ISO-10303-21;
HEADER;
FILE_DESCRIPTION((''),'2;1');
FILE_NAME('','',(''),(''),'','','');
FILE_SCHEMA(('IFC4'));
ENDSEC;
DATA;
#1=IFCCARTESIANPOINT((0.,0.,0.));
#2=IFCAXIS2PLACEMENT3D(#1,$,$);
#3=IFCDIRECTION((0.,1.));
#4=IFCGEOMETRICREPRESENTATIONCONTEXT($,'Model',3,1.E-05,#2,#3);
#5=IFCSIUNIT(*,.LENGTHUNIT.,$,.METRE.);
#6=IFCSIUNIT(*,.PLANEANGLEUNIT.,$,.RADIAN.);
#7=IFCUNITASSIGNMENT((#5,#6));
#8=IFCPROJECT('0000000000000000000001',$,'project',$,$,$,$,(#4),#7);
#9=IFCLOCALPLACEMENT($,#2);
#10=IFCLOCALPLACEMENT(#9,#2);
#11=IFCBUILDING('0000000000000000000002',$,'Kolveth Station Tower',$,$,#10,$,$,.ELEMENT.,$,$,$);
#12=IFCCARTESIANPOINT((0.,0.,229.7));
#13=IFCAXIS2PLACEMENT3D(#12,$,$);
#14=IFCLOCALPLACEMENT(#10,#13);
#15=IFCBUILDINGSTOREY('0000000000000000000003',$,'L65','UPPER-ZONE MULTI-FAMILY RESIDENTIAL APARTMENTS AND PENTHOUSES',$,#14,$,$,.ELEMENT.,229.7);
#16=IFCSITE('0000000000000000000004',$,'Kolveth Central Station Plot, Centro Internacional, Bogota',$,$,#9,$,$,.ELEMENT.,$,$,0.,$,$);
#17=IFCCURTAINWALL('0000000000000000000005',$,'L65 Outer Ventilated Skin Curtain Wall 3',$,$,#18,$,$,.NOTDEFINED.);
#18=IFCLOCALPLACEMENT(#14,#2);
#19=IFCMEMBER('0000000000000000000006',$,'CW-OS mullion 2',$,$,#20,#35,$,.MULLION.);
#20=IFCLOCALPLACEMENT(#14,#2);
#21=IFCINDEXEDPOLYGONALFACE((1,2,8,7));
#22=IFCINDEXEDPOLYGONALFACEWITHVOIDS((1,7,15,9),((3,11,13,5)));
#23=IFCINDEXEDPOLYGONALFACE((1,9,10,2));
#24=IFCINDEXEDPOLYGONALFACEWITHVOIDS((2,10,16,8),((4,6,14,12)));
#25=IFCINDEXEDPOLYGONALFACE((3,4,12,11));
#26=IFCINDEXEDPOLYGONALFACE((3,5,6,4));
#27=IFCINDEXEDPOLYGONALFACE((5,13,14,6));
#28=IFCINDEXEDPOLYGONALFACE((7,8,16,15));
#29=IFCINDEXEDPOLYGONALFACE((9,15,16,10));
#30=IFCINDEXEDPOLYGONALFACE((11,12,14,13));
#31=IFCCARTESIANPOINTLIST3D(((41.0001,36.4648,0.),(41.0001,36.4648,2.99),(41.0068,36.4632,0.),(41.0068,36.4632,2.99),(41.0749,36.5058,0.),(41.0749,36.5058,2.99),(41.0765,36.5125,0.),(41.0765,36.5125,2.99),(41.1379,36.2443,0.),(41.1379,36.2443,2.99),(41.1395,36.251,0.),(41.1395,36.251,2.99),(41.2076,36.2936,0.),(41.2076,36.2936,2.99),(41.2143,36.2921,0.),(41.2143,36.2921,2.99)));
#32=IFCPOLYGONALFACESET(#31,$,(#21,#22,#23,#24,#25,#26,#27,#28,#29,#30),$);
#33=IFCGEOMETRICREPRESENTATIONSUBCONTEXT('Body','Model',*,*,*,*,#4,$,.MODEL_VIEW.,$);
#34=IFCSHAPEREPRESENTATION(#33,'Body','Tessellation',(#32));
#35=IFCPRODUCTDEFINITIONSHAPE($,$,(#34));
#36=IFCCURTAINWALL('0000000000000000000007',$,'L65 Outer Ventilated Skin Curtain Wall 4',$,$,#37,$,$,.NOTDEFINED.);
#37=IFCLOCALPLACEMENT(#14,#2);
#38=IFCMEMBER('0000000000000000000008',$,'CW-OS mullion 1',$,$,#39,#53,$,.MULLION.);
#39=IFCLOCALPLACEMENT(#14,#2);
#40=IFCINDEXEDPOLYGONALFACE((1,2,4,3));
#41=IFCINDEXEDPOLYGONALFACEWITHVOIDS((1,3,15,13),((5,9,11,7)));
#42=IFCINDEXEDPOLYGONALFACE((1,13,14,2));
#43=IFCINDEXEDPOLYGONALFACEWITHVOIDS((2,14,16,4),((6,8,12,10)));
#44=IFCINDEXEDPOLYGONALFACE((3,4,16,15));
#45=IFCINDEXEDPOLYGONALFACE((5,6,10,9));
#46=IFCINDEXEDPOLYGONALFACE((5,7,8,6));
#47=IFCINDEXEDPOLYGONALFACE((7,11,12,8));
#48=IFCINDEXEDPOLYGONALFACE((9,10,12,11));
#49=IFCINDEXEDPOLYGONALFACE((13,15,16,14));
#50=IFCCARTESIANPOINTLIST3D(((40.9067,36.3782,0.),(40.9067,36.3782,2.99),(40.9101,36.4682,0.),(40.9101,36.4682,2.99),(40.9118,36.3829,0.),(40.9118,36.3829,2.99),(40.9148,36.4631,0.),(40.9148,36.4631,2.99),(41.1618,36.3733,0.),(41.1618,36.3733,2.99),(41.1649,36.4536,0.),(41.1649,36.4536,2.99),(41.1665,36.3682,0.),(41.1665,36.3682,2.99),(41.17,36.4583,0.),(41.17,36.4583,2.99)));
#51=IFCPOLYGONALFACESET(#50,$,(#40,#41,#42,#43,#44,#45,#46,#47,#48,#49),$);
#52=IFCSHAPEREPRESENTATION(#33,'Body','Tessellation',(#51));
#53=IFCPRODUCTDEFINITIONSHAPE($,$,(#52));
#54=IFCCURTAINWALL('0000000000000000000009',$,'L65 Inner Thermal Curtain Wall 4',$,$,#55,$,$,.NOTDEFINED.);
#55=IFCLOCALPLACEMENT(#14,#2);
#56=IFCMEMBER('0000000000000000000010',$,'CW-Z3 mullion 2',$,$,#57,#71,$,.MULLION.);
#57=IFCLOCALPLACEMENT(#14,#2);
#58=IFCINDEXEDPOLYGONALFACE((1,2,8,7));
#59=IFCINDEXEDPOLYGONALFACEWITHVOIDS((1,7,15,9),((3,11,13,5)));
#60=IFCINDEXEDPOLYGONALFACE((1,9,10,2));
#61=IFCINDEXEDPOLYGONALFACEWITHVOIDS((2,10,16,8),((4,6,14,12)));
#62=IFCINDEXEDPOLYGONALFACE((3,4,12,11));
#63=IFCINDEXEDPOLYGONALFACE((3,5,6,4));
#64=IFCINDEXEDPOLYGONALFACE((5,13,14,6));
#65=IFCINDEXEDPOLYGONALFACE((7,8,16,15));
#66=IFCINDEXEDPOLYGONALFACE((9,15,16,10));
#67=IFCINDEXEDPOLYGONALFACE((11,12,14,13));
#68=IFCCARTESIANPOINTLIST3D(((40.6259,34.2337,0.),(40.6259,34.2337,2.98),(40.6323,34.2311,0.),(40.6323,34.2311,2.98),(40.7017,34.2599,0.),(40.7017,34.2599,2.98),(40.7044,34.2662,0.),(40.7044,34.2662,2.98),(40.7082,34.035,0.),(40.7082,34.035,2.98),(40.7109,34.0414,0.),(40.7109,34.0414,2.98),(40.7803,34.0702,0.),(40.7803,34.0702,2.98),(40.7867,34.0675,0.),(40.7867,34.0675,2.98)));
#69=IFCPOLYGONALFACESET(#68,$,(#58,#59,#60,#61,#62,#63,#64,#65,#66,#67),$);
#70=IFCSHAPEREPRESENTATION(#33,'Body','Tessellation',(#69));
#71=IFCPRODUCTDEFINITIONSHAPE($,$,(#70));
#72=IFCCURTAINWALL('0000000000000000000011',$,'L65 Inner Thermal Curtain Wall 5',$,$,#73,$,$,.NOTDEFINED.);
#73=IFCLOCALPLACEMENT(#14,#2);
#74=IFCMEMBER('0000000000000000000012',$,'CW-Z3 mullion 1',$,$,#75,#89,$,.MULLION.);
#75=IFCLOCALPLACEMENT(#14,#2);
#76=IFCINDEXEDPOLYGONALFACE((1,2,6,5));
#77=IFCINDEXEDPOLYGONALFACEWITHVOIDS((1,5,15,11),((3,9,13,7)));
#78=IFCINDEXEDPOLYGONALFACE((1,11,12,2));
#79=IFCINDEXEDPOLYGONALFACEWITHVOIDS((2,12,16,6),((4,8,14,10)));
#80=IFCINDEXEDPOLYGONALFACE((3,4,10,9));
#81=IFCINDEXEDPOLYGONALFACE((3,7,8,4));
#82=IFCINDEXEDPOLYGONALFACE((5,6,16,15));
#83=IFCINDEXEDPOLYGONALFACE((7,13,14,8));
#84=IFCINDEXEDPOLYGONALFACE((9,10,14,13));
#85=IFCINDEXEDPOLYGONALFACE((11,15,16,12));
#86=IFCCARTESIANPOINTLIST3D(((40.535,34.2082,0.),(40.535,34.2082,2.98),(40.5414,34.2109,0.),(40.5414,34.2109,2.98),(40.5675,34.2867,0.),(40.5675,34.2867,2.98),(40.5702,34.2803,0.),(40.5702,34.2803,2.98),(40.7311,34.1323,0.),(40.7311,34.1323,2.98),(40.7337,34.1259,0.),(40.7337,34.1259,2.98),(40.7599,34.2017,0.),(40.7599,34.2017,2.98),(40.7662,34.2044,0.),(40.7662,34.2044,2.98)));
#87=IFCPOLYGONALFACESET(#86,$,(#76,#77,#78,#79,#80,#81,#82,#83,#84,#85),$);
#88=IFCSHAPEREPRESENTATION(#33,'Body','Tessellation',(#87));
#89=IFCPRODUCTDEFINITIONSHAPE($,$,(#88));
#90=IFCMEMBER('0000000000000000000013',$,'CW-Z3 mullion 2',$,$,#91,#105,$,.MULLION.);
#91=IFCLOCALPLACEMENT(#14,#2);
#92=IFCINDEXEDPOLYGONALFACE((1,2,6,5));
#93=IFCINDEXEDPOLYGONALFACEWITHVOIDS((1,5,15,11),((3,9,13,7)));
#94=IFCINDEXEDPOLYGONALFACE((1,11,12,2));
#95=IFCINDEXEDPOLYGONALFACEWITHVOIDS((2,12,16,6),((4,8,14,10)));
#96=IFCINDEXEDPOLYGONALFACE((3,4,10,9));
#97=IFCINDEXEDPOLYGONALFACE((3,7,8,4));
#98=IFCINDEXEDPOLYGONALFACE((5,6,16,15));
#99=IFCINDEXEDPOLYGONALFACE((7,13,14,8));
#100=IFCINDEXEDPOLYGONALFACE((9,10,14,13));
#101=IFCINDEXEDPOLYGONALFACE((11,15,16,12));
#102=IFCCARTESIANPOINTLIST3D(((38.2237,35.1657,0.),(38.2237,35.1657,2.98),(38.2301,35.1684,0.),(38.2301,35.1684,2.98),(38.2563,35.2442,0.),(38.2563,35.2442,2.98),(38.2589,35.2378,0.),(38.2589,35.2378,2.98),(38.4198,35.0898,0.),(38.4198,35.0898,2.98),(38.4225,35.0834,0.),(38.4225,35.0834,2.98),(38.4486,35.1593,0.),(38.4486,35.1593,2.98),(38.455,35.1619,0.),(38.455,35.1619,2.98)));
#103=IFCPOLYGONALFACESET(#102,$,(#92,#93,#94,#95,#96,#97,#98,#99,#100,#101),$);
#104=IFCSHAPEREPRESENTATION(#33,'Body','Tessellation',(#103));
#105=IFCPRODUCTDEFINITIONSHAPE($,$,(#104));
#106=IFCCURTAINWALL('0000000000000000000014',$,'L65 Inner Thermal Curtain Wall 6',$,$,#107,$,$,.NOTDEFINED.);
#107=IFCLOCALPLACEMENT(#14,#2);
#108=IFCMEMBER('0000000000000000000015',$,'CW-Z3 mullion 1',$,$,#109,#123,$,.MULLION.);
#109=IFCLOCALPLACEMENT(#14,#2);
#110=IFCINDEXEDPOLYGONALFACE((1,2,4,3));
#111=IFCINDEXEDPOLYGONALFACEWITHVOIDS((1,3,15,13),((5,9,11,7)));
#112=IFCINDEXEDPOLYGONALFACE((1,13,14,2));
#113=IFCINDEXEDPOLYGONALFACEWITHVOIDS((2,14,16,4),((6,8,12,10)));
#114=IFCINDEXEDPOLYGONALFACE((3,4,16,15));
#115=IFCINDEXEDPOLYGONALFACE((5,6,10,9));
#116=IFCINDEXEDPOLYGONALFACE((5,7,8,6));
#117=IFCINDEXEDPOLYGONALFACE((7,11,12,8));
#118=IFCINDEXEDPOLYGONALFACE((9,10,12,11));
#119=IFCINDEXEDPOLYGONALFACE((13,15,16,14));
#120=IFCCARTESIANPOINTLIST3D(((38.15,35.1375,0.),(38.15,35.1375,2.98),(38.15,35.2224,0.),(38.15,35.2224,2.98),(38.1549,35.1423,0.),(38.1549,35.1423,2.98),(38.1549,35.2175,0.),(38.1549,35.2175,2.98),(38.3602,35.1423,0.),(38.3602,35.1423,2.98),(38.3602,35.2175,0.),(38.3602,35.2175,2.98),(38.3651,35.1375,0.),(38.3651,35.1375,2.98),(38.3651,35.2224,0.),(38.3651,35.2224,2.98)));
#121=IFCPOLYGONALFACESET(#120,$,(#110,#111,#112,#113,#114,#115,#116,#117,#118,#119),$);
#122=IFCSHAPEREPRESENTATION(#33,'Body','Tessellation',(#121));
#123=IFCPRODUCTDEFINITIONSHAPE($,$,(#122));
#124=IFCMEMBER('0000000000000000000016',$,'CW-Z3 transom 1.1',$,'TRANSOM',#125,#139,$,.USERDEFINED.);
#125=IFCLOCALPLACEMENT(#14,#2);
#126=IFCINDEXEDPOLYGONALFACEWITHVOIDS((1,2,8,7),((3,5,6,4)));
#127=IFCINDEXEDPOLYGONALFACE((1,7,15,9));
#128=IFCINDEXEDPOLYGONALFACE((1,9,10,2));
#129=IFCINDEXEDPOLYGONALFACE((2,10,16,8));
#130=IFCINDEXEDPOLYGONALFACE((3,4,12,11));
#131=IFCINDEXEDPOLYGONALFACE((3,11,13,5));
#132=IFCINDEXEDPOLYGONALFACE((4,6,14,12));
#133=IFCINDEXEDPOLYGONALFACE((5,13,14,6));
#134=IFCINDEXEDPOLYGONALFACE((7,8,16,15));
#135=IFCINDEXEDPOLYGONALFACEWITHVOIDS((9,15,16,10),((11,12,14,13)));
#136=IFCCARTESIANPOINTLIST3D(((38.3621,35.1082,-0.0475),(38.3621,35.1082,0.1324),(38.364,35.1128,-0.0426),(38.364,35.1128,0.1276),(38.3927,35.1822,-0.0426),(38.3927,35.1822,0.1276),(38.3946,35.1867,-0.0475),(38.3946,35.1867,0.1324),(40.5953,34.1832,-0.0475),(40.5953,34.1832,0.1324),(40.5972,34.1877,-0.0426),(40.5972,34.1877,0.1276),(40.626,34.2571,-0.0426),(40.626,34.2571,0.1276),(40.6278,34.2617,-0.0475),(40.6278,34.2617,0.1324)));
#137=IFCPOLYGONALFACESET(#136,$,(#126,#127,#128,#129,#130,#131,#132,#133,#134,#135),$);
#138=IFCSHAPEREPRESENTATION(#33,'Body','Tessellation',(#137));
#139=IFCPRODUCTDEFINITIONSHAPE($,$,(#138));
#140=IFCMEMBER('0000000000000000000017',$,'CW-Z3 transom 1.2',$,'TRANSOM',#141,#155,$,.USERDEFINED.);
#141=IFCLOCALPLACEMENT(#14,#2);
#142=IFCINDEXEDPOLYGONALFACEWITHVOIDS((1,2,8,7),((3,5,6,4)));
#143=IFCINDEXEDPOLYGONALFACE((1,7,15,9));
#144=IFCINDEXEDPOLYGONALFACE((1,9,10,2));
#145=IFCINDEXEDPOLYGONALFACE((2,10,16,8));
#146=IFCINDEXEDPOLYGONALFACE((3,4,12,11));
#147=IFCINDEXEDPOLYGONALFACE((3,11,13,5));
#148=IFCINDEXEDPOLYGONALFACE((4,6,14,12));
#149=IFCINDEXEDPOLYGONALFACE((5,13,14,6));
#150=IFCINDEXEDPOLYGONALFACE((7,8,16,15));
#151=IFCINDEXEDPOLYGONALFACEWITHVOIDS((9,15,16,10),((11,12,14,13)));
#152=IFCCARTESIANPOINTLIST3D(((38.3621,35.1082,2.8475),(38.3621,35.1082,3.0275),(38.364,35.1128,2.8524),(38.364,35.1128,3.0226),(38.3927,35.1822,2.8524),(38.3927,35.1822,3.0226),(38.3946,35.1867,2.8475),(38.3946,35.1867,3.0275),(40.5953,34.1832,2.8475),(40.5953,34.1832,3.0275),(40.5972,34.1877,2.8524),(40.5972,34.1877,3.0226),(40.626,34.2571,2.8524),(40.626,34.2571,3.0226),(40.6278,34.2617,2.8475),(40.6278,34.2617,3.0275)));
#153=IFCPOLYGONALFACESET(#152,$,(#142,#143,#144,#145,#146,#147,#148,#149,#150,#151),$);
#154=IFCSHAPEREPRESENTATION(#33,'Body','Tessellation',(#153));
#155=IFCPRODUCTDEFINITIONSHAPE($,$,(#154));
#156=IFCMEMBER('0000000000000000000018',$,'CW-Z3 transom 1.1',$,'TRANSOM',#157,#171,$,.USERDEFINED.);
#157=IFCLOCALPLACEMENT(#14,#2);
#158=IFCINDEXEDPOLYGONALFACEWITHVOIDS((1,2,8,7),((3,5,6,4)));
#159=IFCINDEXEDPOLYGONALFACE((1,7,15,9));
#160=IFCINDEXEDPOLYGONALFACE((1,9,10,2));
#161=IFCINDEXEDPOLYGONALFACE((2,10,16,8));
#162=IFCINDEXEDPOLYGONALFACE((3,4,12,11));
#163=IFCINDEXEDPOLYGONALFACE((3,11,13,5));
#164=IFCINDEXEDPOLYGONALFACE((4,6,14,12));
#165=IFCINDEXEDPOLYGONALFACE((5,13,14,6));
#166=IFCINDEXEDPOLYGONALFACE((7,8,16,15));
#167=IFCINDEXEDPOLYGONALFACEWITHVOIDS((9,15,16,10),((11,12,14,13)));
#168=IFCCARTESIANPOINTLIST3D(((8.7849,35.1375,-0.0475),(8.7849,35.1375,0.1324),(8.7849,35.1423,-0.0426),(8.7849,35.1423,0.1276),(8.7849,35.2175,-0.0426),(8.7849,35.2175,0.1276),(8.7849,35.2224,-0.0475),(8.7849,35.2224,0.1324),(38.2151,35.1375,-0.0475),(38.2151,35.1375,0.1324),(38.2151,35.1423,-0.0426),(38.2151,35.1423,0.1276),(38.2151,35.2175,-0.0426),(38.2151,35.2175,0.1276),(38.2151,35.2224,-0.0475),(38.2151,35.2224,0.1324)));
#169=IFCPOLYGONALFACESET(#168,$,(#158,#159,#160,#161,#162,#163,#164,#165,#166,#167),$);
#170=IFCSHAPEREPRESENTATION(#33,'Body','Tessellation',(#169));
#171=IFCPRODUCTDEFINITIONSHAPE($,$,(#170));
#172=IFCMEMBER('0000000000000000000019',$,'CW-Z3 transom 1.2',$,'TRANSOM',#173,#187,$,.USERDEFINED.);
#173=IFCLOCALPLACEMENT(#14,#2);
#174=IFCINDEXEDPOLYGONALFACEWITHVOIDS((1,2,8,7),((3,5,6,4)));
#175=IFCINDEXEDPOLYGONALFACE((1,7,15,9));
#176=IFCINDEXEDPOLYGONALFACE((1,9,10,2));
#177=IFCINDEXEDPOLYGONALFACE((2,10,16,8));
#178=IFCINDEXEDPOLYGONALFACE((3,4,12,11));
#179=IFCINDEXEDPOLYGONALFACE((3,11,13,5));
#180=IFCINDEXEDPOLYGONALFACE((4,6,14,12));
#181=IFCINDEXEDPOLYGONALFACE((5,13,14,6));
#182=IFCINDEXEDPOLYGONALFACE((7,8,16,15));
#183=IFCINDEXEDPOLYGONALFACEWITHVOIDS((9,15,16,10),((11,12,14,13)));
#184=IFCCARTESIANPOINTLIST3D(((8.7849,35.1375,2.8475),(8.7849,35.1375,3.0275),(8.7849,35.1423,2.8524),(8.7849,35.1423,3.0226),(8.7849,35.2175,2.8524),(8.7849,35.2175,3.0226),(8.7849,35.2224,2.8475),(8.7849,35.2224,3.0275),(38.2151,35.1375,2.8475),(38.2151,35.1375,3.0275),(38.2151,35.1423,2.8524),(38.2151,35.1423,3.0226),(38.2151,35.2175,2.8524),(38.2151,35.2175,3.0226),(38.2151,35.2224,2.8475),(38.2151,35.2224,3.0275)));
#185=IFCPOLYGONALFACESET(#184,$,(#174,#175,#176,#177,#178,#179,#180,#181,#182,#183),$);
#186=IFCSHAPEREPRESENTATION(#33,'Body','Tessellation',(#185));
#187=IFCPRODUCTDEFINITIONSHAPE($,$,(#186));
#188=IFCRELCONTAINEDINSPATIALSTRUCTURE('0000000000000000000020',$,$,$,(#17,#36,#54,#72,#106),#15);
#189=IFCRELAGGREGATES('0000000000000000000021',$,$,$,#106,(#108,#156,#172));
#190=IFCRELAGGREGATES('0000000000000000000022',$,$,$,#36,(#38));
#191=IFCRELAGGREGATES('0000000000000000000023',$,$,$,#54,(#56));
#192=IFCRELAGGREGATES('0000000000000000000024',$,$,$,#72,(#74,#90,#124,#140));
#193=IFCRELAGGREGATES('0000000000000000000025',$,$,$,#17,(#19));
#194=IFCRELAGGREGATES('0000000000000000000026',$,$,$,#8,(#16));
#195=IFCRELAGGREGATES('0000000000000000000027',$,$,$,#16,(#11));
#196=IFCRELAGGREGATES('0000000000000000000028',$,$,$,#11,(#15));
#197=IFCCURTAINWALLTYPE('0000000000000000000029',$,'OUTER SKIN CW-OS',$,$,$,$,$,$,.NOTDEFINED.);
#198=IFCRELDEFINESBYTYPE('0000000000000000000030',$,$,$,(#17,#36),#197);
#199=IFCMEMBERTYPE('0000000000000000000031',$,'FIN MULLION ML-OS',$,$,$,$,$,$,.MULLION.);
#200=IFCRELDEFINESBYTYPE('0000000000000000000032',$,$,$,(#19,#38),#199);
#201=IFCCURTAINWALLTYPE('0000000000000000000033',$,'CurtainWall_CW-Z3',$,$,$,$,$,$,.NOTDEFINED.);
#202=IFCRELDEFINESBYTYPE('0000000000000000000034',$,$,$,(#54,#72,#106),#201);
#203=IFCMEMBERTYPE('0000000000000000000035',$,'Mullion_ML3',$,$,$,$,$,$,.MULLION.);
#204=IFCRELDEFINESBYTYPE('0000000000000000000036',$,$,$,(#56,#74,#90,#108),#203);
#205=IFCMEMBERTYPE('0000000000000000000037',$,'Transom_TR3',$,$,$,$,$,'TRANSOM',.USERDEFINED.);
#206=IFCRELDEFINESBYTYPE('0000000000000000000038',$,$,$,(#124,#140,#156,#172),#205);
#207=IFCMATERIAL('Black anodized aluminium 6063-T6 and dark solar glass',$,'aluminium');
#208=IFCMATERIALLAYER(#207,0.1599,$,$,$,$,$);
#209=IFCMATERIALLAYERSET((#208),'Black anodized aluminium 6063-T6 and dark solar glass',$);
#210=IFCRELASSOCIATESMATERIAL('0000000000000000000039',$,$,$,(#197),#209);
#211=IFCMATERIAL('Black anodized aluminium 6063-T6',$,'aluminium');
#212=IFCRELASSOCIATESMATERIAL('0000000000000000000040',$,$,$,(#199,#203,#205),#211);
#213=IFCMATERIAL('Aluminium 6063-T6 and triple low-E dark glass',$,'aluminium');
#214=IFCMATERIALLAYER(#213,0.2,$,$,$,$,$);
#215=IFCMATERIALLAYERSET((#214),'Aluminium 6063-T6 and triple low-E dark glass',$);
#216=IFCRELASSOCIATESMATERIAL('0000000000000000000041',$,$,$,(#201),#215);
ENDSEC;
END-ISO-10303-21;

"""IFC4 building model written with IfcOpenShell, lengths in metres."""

from ifc_helpers import new_model, si_unit, direction, frame, origin, origin_2d, place, context, subcontext, project, spatial, hollow_rectangle, extrude, source, transform, mapped, material, layer, layer_set, material_profile, profile_set, type_object, element, aggregate, save


model = new_model("IFC4")

# Units and contexts
model_context = context("Model", 3, precision=1e-05, world=origin(), true_north=direction((0.0, 1.0)))
body_context = subcontext(model_context, "Body", "Model", "MODEL_VIEW")
ifc_project = project(units=[si_unit("LENGTHUNIT", "METRE"), si_unit("PLANEANGLEUNIT", "RADIAN")], contexts=[model_context])

# Site, building, storey
site_placement = place(None, origin())
site = spatial("IfcSite", under=ifc_project, at=site_placement, Name="Kolveth Central Station Plot, Centro Internacional, Bogota", CompositionType="ELEMENT", RefElevation=0.0)
building_placement = place(site_placement, origin())
building = spatial("IfcBuilding", under=site, at=building_placement, Name="Kolveth Station Tower", CompositionType="ELEMENT")
storey_placement = place(building_placement, frame((0.0, 0.0, 229.7)))
storey = spatial("IfcBuildingStorey", under=building, at=storey_placement, Name="L65", Description="UPPER-ZONE MULTI-FAMILY RESIDENTIAL APARTMENTS AND PENTHOUSES", CompositionType="ELEMENT", Elevation=229.7)

# Curtain walls, members
ifc_material_1 = material(Name="Black anodized aluminium 6063-T6 and dark solar glass", Category="aluminium")
ifc_layer_1 = layer(ifc_material_1, 0.1599)
ifc_layer_set_1 = layer_set([ifc_layer_1], Name="Black anodized aluminium 6063-T6 and dark solar glass")
curtain_wall_type_1 = type_object("IfcCurtainWallType", Name="OUTER SKIN CW-OS", PredefinedType="NOTDEFINED", material=ifc_layer_set_1)
curtain_wall_1_placement = place(storey_placement, origin())
curtain_wall_1 = element("IfcCurtainWall", 1, at=curtain_wall_1_placement, inside=storey, type_object=curtain_wall_type_1, Name="L65 Outer Ventilated Skin Curtain Wall 3", PredefinedType="NOTDEFINED")
ifc_material_2 = material(Name="Black anodized aluminium 6063-T6", Category="aluminium")
ifc_material_profile_1 = material_profile(ifc_material_2, hollow_rectangle(XDim=0.0901, YDim=0.26, WallThickness=0.0049, at=origin_2d()), Name="ALU-90x260x5")
ifc_profile_set_1 = profile_set([ifc_material_profile_1], Name="Black anodized aluminium 6063-T6")
member_type_1 = type_object("IfcMemberType", Name="FIN MULLION ML-OS", PredefinedType="MULLION", material=ifc_profile_set_1)
shared_shape_1 = source(origin(), body_context, "Body", "SweptSolid", [
    extrude(hollow_rectangle(XDim=0.0901, YDim=0.26, WallThickness=0.0049, at=origin_2d()), origin(), (0.0, 0.0, 1.0), 2.99),
])
member_1_placement = place(storey_placement, frame((41.1072, 36.3784, 0.0), z_axis=(0.0, 0.0, 1.0), x_axis=(-0.847924, -0.530118, 0.0)))
member_1 = element("IfcMember", 2, at=member_1_placement, type_object=member_type_1, Name="CW-OS mullion 2", PredefinedType="MULLION", context=body_context, shape_type="MappedRepresentation", body=[
    mapped(shared_shape_1, transform((0.0, 0.0, 0.0), x_axis=(1.0, 0.0, 0.0), y_axis=(0.0, 1.0, 0.0), z_axis=(0.0, 0.0, 1.0), scale=1.0)),
])
curtain_wall_2_placement = place(storey_placement, origin())
curtain_wall_2 = element("IfcCurtainWall", 3, at=curtain_wall_2_placement, inside=storey, type_object=curtain_wall_type_1, Name="L65 Outer Ventilated Skin Curtain Wall 4", PredefinedType="NOTDEFINED")
member_2_placement = place(storey_placement, frame((41.0383, 36.4182, 0.0), z_axis=(0.0, 0.0, 1.0), x_axis=(-0.038177, -0.999271, 0.0)))
member_2 = element("IfcMember", 4, at=member_2_placement, type_object=member_type_1, Name="CW-OS mullion 1", PredefinedType="MULLION", context=body_context, shape_type="MappedRepresentation", body=[
    mapped(shared_shape_1, transform((0.0, 0.0, 0.0), x_axis=(1.0, 0.0, 0.0), y_axis=(0.0, 1.0, 0.0), z_axis=(0.0, 0.0, 1.0), scale=1.0)),
])
ifc_material_3 = material(Name="Aluminium 6063-T6 and triple low-E dark glass", Category="aluminium")
ifc_layer_2 = layer(ifc_material_3, 0.2)
ifc_layer_set_2 = layer_set([ifc_layer_2], Name="Aluminium 6063-T6 and triple low-E dark glass")
curtain_wall_type_2 = type_object("IfcCurtainWallType", Name="CurtainWall_CW-Z3", PredefinedType="NOTDEFINED", material=ifc_layer_set_2)
curtain_wall_3_placement = place(storey_placement, origin())
curtain_wall_3 = element("IfcCurtainWall", 5, at=curtain_wall_3_placement, inside=storey, type_object=curtain_wall_type_2, Name="L65 Inner Thermal Curtain Wall 4", PredefinedType="NOTDEFINED")
ifc_material_profile_2 = material_profile(ifc_material_2, hollow_rectangle(XDim=0.085, YDim=0.2151, WallThickness=0.0049, at=origin_2d()), Name="ALU-85x215x5")
ifc_profile_set_2 = profile_set([ifc_material_profile_2], Name="Black anodized aluminium 6063-T6")
member_type_2 = type_object("IfcMemberType", Name="Mullion_ML3", PredefinedType="MULLION", material=ifc_profile_set_2)
shared_shape_2 = source(origin(), body_context, "Body", "SweptSolid", [
    extrude(hollow_rectangle(XDim=0.085, YDim=0.2151, WallThickness=0.0049, at=origin_2d()), origin(), (0.0, 0.0, 1.0), 2.98),
])
member_3_placement = place(storey_placement, frame((40.7063, 34.1506, 0.0), z_axis=(0.0, 0.0, 1.0), x_axis=(-0.923875, -0.382693, 0.0)))
member_3 = element("IfcMember", 6, at=member_3_placement, type_object=member_type_2, Name="CW-Z3 mullion 2", PredefinedType="MULLION", context=body_context, shape_type="MappedRepresentation", body=[
    mapped(shared_shape_2, transform((0.0, 0.0, 0.0), x_axis=(1.0, 0.0, 0.0), y_axis=(0.0, 1.0, 0.0), z_axis=(0.0, 0.0, 1.0), scale=1.0)),
])

# Curtain wall, members
curtain_wall_4_placement = place(storey_placement, origin())
curtain_wall_4 = element("IfcCurtainWall", 7, at=curtain_wall_4_placement, inside=storey, type_object=curtain_wall_type_2, Name="L65 Inner Thermal Curtain Wall 5", PredefinedType="NOTDEFINED")
member_4_placement = place(storey_placement, frame((40.6506, 34.2063, 0.0), z_axis=(0.0, 0.0, 1.0), x_axis=(-0.382693, -0.923875, 0.0)))
member_4 = element("IfcMember", 8, at=member_4_placement, type_object=member_type_2, Name="CW-Z3 mullion 1", PredefinedType="MULLION", context=body_context, shape_type="MappedRepresentation", body=[
    mapped(shared_shape_2, transform((0.0, 0.0, 0.0), x_axis=(1.0, 0.0, 0.0), y_axis=(0.0, 1.0, 0.0), z_axis=(0.0, 0.0, 1.0), scale=1.0)),
])
member_5_placement = place(storey_placement, frame((38.3394, 35.1638, 0.0), z_axis=(0.0, 0.0, 1.0), x_axis=(-0.382693, -0.923875, 0.0)))
member_5 = element("IfcMember", 9, at=member_5_placement, type_object=member_type_2, Name="CW-Z3 mullion 2", PredefinedType="MULLION", context=body_context, shape_type="MappedRepresentation", body=[
    mapped(shared_shape_2, transform((0.0, 0.0, 0.0), x_axis=(1.0, 0.0, 0.0), y_axis=(0.0, 1.0, 0.0), z_axis=(0.0, 0.0, 1.0), scale=1.0)),
])

# Curtain wall, member
curtain_wall_5_placement = place(storey_placement, origin())
curtain_wall_5 = element("IfcCurtainWall", 10, at=curtain_wall_5_placement, inside=storey, type_object=curtain_wall_type_2, Name="L65 Inner Thermal Curtain Wall 6", PredefinedType="NOTDEFINED")
member_6_placement = place(storey_placement, frame((38.2576, 35.1799, 0.0), z_axis=(0.0, 0.0, 1.0), x_axis=(0.0, -1.0, 0.0)))
member_6 = element("IfcMember", 11, at=member_6_placement, type_object=member_type_2, Name="CW-Z3 mullion 1", PredefinedType="MULLION", context=body_context, shape_type="MappedRepresentation", body=[
    mapped(shared_shape_2, transform((0.0, 0.0, 0.0), x_axis=(1.0, 0.0, 0.0), y_axis=(0.0, 1.0, 0.0), z_axis=(0.0, 0.0, 1.0), scale=1.0)),
])

# Members
ifc_material_profile_3 = material_profile(ifc_material_2, hollow_rectangle(XDim=0.085, YDim=0.1799, WallThickness=0.0049, at=origin_2d()), Name="ALU-85x180x5")
ifc_profile_set_3 = profile_set([ifc_material_profile_3], Name="Black anodized aluminium 6063-T6")
member_type_3 = type_object("IfcMemberType", Name="Transom_TR3", ElementType="TRANSOM", PredefinedType="USERDEFINED", material=ifc_profile_set_3)
shared_shape_3 = source(origin(), body_context, "Body", "SweptSolid", [
    extrude(hollow_rectangle(XDim=0.085, YDim=0.1799, WallThickness=0.0049, at=origin_2d()), origin(), (0.0, 0.0, 1.0), 2.4172),
])
member_7_placement = place(storey_placement, frame((40.6116, 34.2224, 0.0425), z_axis=(-0.923873, 0.3827, 0.0), x_axis=(-0.3827, -0.923873, 0.0)))
member_7 = element("IfcMember", 12, at=member_7_placement, type_object=member_type_3, Name="CW-Z3 transom 1.1", ObjectType="TRANSOM", PredefinedType="USERDEFINED", context=body_context, shape_type="MappedRepresentation", body=[
    mapped(shared_shape_3, transform((0.0, 0.0, 0.0), x_axis=(1.0, 0.0, 0.0), y_axis=(0.0, 1.0, 0.0), z_axis=(0.0, 0.0, 1.0), scale=1.0)),
])
member_8_placement = place(storey_placement, frame((40.6116, 34.2224, 2.9375), z_axis=(-0.923873, 0.3827, 0.0), x_axis=(-0.3827, -0.923873, 0.0)))
member_8 = element("IfcMember", 13, at=member_8_placement, type_object=member_type_3, Name="CW-Z3 transom 1.2", ObjectType="TRANSOM", PredefinedType="USERDEFINED", context=body_context, shape_type="MappedRepresentation", body=[
    mapped(shared_shape_3, transform((0.0, 0.0, 0.0), x_axis=(1.0, 0.0, 0.0), y_axis=(0.0, 1.0, 0.0), z_axis=(0.0, 0.0, 1.0), scale=1.0)),
])
shared_shape_4 = source(origin(), body_context, "Body", "SweptSolid", [
    extrude(hollow_rectangle(XDim=0.085, YDim=0.1799, WallThickness=0.0049, at=origin_2d()), origin(), (0.0, 0.0, 1.0), 29.4302),
])
member_9_placement = place(storey_placement, frame((38.2151, 35.1799, 0.0425), z_axis=(-1.0, 0.0, 0.0), x_axis=(0.0, -1.0, 0.0)))
member_9 = element("IfcMember", 14, at=member_9_placement, type_object=member_type_3, Name="CW-Z3 transom 1.1", ObjectType="TRANSOM", PredefinedType="USERDEFINED", context=body_context, shape_type="MappedRepresentation", body=[
    mapped(shared_shape_4, transform((0.0, 0.0, 0.0), x_axis=(1.0, 0.0, 0.0), y_axis=(0.0, 1.0, 0.0), z_axis=(0.0, 0.0, 1.0), scale=1.0)),
])
member_10_placement = place(storey_placement, frame((38.2151, 35.1799, 2.9375), z_axis=(-1.0, 0.0, 0.0), x_axis=(0.0, -1.0, 0.0)))
member_10 = element("IfcMember", 15, at=member_10_placement, type_object=member_type_3, Name="CW-Z3 transom 1.2", ObjectType="TRANSOM", PredefinedType="USERDEFINED", context=body_context, shape_type="MappedRepresentation", body=[
    mapped(shared_shape_4, transform((0.0, 0.0, 0.0), x_axis=(1.0, 0.0, 0.0), y_axis=(0.0, 1.0, 0.0), z_axis=(0.0, 0.0, 1.0), scale=1.0)),
])
aggregate(curtain_wall_5, [member_6, member_9, member_10])
aggregate(curtain_wall_2, [member_2])

aggregate(curtain_wall_3, [member_3])
aggregate(curtain_wall_4, [member_4, member_5, member_7, member_8])
aggregate(curtain_wall_1, [member_1])

save(model, "model.ifc")
